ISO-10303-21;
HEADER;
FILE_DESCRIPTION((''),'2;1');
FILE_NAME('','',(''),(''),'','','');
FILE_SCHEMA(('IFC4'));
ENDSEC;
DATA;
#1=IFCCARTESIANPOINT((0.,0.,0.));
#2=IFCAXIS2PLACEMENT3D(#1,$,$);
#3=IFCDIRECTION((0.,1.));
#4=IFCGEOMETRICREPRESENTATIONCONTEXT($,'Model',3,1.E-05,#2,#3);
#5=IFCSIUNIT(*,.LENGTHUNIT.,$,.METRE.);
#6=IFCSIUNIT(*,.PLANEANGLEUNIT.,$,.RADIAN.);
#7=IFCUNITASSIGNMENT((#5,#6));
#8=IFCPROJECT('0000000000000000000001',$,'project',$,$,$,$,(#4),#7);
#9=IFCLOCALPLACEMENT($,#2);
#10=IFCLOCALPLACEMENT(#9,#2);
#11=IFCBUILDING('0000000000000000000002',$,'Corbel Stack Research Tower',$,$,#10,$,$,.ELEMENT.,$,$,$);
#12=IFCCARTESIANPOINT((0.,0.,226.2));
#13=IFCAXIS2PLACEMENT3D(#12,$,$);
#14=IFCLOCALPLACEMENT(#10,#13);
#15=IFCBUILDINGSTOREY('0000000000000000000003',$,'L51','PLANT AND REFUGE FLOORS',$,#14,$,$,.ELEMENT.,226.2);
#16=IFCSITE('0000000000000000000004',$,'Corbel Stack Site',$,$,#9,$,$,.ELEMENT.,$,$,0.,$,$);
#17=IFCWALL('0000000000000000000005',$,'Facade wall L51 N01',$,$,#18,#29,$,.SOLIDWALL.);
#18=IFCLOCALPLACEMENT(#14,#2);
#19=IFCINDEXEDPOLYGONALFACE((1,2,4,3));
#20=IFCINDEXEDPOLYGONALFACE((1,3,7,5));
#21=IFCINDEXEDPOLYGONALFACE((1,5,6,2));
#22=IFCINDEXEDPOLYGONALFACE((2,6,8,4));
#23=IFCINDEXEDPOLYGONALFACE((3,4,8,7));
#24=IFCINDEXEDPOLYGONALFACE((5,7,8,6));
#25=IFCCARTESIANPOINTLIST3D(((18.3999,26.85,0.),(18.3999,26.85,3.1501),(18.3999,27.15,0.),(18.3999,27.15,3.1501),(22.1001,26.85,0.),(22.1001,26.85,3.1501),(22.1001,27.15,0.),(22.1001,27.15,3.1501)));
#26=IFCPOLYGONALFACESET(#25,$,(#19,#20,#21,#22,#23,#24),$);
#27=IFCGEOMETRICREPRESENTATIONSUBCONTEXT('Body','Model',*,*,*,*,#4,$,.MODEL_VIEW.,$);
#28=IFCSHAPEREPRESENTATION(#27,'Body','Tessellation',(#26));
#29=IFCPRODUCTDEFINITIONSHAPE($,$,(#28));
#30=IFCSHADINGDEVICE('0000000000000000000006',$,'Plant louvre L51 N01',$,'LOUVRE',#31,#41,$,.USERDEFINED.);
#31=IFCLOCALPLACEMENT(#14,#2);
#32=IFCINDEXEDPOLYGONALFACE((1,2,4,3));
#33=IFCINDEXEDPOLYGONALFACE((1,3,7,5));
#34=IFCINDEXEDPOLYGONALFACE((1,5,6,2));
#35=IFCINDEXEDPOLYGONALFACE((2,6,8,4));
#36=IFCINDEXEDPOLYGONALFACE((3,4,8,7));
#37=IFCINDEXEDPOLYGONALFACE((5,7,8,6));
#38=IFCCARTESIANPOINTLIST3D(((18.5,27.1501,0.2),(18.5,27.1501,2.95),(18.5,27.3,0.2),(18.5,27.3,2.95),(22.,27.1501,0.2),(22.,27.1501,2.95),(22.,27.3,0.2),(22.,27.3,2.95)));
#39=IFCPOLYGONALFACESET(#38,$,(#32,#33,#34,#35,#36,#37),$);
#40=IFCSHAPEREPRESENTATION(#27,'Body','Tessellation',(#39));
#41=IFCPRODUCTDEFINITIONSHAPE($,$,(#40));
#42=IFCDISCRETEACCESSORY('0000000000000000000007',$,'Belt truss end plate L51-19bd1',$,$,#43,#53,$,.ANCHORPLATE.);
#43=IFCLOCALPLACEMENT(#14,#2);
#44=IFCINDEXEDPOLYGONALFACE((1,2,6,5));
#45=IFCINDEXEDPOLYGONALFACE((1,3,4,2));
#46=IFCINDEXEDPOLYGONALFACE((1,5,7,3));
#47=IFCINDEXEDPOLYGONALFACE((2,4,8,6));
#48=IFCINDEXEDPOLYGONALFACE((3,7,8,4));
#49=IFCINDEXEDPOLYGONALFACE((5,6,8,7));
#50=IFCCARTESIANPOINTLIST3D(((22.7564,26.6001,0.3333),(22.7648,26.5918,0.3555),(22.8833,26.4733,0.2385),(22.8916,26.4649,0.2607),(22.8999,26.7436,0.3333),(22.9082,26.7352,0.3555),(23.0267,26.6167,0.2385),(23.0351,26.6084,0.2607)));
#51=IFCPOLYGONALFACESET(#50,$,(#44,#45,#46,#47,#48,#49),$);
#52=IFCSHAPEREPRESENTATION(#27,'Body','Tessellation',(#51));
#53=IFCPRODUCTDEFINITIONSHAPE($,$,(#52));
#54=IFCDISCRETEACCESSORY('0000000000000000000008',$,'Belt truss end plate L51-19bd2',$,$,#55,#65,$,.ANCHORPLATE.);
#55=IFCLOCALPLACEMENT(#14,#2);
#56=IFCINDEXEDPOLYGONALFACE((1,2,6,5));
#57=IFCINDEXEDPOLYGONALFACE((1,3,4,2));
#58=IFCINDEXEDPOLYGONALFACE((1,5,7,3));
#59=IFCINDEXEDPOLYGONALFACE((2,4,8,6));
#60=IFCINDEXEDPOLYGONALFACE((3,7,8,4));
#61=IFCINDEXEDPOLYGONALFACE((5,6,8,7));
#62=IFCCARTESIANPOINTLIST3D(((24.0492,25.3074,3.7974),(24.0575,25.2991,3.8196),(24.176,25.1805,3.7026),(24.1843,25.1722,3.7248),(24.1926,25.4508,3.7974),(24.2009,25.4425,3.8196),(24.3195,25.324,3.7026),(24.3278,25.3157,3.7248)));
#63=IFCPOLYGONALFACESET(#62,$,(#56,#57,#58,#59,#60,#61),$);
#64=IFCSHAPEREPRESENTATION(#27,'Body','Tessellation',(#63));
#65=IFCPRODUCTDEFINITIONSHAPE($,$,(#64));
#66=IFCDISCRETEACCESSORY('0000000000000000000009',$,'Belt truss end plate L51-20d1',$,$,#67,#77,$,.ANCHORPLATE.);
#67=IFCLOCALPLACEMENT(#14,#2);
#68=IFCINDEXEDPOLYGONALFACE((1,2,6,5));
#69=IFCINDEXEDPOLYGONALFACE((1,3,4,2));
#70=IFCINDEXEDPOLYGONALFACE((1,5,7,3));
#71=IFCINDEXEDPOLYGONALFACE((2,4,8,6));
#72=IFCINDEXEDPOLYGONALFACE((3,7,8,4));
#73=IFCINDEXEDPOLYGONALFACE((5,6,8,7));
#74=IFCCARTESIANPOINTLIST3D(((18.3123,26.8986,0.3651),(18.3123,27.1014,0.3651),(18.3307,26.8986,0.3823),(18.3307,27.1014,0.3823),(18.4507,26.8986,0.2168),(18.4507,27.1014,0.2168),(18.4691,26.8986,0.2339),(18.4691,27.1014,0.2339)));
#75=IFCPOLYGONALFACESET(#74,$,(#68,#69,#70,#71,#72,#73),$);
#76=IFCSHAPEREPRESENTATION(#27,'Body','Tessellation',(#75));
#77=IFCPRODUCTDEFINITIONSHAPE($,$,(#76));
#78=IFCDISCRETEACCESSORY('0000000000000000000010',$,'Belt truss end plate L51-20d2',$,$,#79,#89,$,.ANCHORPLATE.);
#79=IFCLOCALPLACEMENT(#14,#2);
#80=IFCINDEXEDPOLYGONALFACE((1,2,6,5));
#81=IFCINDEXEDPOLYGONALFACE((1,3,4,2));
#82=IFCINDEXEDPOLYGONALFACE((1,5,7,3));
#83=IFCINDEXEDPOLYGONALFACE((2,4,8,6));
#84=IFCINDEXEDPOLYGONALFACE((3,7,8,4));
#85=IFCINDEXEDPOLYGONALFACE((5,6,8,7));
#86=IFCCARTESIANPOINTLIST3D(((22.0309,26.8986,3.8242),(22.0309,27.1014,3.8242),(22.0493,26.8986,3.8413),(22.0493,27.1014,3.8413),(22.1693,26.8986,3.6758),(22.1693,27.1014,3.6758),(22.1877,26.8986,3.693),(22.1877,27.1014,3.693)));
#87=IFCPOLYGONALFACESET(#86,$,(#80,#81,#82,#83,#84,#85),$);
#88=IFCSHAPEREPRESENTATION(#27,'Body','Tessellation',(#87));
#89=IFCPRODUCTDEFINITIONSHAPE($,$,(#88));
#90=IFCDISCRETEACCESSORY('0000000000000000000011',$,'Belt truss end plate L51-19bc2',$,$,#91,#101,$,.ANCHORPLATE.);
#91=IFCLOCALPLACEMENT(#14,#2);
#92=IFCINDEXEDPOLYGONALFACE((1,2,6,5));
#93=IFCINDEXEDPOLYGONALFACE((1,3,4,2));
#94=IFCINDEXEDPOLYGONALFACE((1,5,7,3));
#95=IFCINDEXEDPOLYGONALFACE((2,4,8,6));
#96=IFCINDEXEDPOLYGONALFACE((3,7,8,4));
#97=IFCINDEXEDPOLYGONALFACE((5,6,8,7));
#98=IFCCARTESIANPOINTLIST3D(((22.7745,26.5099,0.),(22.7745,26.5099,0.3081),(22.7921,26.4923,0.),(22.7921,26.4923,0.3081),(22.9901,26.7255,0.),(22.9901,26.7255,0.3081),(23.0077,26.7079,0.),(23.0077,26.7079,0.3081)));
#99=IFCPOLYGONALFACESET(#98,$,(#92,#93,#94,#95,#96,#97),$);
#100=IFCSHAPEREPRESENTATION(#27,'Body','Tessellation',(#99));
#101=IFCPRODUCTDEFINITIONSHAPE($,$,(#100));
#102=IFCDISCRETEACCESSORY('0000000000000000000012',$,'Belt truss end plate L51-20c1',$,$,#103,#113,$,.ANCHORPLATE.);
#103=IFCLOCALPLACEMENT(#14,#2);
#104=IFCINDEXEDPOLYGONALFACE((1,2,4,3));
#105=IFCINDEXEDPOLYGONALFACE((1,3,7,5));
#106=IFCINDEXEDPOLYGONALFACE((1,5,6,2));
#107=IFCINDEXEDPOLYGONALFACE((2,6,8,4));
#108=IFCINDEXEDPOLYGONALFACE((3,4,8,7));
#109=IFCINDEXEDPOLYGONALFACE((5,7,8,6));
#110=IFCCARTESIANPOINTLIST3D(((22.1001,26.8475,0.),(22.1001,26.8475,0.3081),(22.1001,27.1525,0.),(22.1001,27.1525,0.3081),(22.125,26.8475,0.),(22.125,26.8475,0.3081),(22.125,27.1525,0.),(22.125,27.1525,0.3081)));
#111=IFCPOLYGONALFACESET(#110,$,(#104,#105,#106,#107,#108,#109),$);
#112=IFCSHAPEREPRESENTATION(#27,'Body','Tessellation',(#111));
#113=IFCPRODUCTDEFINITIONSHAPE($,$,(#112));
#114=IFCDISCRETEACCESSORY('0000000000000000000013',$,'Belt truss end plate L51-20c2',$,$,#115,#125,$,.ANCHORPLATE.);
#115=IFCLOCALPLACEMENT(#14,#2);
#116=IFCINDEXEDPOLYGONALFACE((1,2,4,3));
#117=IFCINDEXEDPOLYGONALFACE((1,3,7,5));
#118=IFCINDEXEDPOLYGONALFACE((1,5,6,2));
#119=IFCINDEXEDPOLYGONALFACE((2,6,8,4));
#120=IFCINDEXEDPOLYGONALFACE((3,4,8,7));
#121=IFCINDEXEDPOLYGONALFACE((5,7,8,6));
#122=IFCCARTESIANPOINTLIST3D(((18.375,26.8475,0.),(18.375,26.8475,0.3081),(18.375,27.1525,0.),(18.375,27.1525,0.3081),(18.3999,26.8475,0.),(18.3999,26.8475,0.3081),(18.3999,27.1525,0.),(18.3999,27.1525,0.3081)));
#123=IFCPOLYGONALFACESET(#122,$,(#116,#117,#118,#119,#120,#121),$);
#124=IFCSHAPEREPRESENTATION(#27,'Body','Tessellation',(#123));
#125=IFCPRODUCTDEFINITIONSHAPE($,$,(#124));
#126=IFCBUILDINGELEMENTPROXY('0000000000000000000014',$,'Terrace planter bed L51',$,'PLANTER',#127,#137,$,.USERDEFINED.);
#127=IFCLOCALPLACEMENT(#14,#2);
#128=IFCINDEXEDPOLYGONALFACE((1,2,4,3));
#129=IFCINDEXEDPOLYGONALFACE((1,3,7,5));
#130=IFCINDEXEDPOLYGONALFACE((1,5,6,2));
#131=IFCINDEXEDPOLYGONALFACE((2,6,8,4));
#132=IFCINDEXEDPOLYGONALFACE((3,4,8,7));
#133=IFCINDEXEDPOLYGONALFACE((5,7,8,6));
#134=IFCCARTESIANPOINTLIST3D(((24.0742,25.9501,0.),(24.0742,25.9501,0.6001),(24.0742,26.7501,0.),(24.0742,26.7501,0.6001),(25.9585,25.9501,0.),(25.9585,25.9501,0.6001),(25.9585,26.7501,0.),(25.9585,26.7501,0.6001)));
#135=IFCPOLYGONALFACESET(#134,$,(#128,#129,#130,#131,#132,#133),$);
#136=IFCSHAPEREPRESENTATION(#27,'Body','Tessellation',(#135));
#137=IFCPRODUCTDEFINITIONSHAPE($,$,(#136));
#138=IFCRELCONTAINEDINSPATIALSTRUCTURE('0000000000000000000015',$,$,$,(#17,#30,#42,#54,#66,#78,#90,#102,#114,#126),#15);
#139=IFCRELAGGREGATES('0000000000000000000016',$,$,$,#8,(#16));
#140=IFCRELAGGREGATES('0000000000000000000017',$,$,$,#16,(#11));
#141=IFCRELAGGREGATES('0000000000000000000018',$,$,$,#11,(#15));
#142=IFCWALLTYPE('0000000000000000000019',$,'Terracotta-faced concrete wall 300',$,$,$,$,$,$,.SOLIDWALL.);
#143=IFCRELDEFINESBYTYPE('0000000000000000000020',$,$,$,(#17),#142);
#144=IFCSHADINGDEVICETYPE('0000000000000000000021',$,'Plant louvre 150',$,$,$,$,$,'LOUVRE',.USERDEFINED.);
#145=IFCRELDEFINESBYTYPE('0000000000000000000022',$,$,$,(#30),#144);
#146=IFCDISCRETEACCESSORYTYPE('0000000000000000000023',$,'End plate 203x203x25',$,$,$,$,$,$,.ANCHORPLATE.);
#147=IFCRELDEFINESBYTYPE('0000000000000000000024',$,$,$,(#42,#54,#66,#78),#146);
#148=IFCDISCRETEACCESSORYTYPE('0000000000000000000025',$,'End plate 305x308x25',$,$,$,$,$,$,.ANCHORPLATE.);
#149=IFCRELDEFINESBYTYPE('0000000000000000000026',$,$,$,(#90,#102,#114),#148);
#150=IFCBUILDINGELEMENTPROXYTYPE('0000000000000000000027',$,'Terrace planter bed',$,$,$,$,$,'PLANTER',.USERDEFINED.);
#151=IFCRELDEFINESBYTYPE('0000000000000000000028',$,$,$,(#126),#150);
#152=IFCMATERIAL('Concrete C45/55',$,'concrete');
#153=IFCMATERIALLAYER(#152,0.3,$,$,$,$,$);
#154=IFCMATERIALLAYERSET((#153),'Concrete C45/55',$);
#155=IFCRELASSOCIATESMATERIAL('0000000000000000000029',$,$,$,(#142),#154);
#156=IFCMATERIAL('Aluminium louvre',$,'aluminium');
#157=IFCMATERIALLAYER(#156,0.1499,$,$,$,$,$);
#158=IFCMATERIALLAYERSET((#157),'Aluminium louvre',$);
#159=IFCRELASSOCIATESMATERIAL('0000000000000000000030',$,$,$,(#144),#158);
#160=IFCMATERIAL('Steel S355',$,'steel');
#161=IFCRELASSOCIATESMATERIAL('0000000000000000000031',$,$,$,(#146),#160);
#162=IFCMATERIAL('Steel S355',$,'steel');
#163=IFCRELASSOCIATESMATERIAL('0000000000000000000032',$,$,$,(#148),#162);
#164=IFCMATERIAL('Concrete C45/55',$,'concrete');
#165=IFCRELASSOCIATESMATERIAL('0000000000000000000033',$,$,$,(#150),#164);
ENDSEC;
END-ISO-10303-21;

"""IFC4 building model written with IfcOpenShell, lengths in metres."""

from ifc_helpers import new_model, si_unit, direction, frame, frame_2d, origin, origin_2d, place, context, subcontext, project, spatial, rectangle, extrude, material, layer, layer_set, material_profile, profile_set, type_object, element, save


model = new_model("IFC4")

# Units and contexts
model_context = context("Model", 3, precision=1e-05, world=origin(), true_north=direction((0.0, 1.0)))
body_context = subcontext(model_context, "Body", "Model", "MODEL_VIEW")
ifc_project = project(units=[si_unit("LENGTHUNIT", "METRE"), si_unit("PLANEANGLEUNIT", "RADIAN")], contexts=[model_context])

# Site, building, storey
site_placement = place(None, origin())
site = spatial("IfcSite", under=ifc_project, at=site_placement, Name="Corbel Stack Site", CompositionType="ELEMENT", RefElevation=0.0)
building_placement = place(site_placement, origin())
building = spatial("IfcBuilding", under=site, at=building_placement, Name="Corbel Stack Research Tower", CompositionType="ELEMENT")
storey_placement = place(building_placement, frame((0.0, 0.0, 226.2)))
storey = spatial("IfcBuildingStorey", under=building, at=storey_placement, Name="L51", Description="PLANT AND REFUGE FLOORS", CompositionType="ELEMENT", Elevation=226.2)

# Shared definitions
ifc_material_1 = material(Name="Concrete C45/55", Category="concrete")
ifc_layer_1 = layer(ifc_material_1, 0.3)
ifc_layer_set_1 = layer_set([ifc_layer_1], Name="Concrete C45/55")
wall_type = type_object("IfcWallType", Name="Terracotta-faced concrete wall 300", PredefinedType="SOLIDWALL", material=ifc_layer_set_1)

# Wall
wall_1_placement = place(storey_placement, frame((18.3999, 27.0, 0.0), z_axis=(0.0, 0.0, 1.0), x_axis=(1.0, 0.0, 0.0)))
element("IfcWall", 1, at=wall_1_placement, inside=storey, type_object=wall_type, Name="Facade wall L51 N01", PredefinedType="SOLIDWALL", context=body_context, shape_type="SweptSolid", body=[
    extrude(rectangle(XDim=3.7002, YDim=0.3, at=frame_2d((1.8501, 0.0))), origin(), (0.0, 0.0, 1.0), 3.1501),
])

# Shading device
ifc_material_2 = material(Name="Aluminium louvre", Category="aluminium")
ifc_layer_2 = layer(ifc_material_2, 0.1499)
ifc_layer_set_2 = layer_set([ifc_layer_2], Name="Aluminium louvre")
shading_device_type = type_object("IfcShadingDeviceType", Name="Plant louvre 150", ElementType="LOUVRE", PredefinedType="USERDEFINED", material=ifc_layer_set_2)
shading_device_placement = place(storey_placement, frame((20.25, 27.2251, 0.2), z_axis=(0.0, 0.0, 1.0), x_axis=(-1.0, 0.0, 0.0)))
element("IfcShadingDevice", 2, at=shading_device_placement, inside=storey, type_object=shading_device_type, Name="Plant louvre L51 N01", ObjectType="LOUVRE", PredefinedType="USERDEFINED", context=body_context, shape_type="SweptSolid", body=[
    extrude(rectangle(XDim=3.5, YDim=0.1499, at=origin_2d()), origin(), (0.0, 0.0, 1.0), 2.75),
])

# Discrete accessories
ifc_material_3 = material(Name="Steel S355", Category="steel")
ifc_material_profile_1 = material_profile(ifc_material_3, rectangle(XDim=0.2029, YDim=0.2029, at=origin_2d()), Name="End plate 203x203x25")
ifc_profile_set_1 = profile_set([ifc_material_profile_1], Name="Steel S355")
discrete_accessory_type_1 = type_object("IfcDiscreteAccessoryType", Name="End plate 203x203x25", PredefinedType="ANCHORPLATE", material=ifc_profile_set_1)
for number, where, z_axis, x_axis, name in (
    (3, (22.8999, 26.6001, 0.3081), (-0.330346, 0.330346, -0.884162), (-0.707107, -0.707107, 0.0), "Belt truss end plate L51-19bd1"),
    (4, (24.1843, 25.3157, 3.75), (0.330346, -0.330346, 0.884162), (0.707107, 0.707107, 0.0), "Belt truss end plate L51-19bd2"),
    (5, (18.3999, 27.0, 0.3081), (-0.731055, 0.0, -0.682318), (0.0, -1.0, 0.0), "Belt truss end plate L51-20d1"),
    (6, (22.1001, 27.0, 3.75), (0.731055, 0.0, 0.682318), (0.0, 1.0, 0.0), "Belt truss end plate L51-20d2"),
):
    element("IfcDiscreteAccessory", number, at=place(storey_placement, frame(where, z_axis=z_axis, x_axis=x_axis)), inside=storey, type_object=discrete_accessory_type_1, Name=name, PredefinedType="ANCHORPLATE", context=body_context, shape_type="SweptSolid", body=[
        extrude(rectangle(XDim=0.2029, YDim=0.2029, at=origin_2d()), origin(), (0.0, 0.0, 1.0), 0.0251),
    ])
ifc_material_4 = material(Name="Steel S355", Category="steel")
ifc_material_profile_2 = material_profile(ifc_material_4, rectangle(XDim=0.3049, YDim=0.3081, at=origin_2d()), Name="End plate 305x308x25")
ifc_profile_set_2 = profile_set([ifc_material_profile_2], Name="Steel S355")
discrete_accessory_type_2 = type_object("IfcDiscreteAccessoryType", Name="End plate 305x308x25", PredefinedType="ANCHORPLATE", material=ifc_profile_set_2)
for number, where, z_axis, x_axis, name in (
    (7, (22.8999, 26.6001, 0.1541), (-0.707107, 0.707107, 0.0), (-0.707107, -0.707107, 0.0), "Belt truss end plate L51-19bc2"),
    (8, (22.1001, 27.0, 0.1541), (1.0, 0.0, 0.0), (0.0, 1.0, 0.0), "Belt truss end plate L51-20c1"),
    (9, (18.3999, 27.0, 0.1541), (-1.0, 0.0, 0.0), (0.0, -1.0, 0.0), "Belt truss end plate L51-20c2"),
):
    element("IfcDiscreteAccessory", number, at=place(storey_placement, frame(where, z_axis=z_axis, x_axis=x_axis)), inside=storey, type_object=discrete_accessory_type_2, Name=name, PredefinedType="ANCHORPLATE", context=body_context, shape_type="SweptSolid", body=[
        extrude(rectangle(XDim=0.3049, YDim=0.3081, at=origin_2d()), origin(), (0.0, 0.0, 1.0), 0.0249),
    ])

# Building element proxy
ifc_material_5 = material(Name="Concrete C45/55", Category="concrete")
building_element_proxy_type = type_object("IfcBuildingElementProxyType", Name="Terrace planter bed", ElementType="PLANTER", PredefinedType="USERDEFINED", material=ifc_material_5)
proxy_placement = place(storey_placement, frame((25.0164, 26.3501, 0.0), z_axis=(0.0, 0.0, 1.0), x_axis=(1.0, 0.0, 0.0)))
element("IfcBuildingElementProxy", 10, at=proxy_placement, inside=storey, type_object=building_element_proxy_type, Name="Terrace planter bed L51", ObjectType="PLANTER", PredefinedType="USERDEFINED", context=body_context, shape_type="SweptSolid", body=[
    extrude(rectangle(XDim=1.8843, YDim=0.8, at=origin_2d()), origin(), (0.0, 0.0, 1.0), 0.6001),
])

save(model, "model.ifc")
